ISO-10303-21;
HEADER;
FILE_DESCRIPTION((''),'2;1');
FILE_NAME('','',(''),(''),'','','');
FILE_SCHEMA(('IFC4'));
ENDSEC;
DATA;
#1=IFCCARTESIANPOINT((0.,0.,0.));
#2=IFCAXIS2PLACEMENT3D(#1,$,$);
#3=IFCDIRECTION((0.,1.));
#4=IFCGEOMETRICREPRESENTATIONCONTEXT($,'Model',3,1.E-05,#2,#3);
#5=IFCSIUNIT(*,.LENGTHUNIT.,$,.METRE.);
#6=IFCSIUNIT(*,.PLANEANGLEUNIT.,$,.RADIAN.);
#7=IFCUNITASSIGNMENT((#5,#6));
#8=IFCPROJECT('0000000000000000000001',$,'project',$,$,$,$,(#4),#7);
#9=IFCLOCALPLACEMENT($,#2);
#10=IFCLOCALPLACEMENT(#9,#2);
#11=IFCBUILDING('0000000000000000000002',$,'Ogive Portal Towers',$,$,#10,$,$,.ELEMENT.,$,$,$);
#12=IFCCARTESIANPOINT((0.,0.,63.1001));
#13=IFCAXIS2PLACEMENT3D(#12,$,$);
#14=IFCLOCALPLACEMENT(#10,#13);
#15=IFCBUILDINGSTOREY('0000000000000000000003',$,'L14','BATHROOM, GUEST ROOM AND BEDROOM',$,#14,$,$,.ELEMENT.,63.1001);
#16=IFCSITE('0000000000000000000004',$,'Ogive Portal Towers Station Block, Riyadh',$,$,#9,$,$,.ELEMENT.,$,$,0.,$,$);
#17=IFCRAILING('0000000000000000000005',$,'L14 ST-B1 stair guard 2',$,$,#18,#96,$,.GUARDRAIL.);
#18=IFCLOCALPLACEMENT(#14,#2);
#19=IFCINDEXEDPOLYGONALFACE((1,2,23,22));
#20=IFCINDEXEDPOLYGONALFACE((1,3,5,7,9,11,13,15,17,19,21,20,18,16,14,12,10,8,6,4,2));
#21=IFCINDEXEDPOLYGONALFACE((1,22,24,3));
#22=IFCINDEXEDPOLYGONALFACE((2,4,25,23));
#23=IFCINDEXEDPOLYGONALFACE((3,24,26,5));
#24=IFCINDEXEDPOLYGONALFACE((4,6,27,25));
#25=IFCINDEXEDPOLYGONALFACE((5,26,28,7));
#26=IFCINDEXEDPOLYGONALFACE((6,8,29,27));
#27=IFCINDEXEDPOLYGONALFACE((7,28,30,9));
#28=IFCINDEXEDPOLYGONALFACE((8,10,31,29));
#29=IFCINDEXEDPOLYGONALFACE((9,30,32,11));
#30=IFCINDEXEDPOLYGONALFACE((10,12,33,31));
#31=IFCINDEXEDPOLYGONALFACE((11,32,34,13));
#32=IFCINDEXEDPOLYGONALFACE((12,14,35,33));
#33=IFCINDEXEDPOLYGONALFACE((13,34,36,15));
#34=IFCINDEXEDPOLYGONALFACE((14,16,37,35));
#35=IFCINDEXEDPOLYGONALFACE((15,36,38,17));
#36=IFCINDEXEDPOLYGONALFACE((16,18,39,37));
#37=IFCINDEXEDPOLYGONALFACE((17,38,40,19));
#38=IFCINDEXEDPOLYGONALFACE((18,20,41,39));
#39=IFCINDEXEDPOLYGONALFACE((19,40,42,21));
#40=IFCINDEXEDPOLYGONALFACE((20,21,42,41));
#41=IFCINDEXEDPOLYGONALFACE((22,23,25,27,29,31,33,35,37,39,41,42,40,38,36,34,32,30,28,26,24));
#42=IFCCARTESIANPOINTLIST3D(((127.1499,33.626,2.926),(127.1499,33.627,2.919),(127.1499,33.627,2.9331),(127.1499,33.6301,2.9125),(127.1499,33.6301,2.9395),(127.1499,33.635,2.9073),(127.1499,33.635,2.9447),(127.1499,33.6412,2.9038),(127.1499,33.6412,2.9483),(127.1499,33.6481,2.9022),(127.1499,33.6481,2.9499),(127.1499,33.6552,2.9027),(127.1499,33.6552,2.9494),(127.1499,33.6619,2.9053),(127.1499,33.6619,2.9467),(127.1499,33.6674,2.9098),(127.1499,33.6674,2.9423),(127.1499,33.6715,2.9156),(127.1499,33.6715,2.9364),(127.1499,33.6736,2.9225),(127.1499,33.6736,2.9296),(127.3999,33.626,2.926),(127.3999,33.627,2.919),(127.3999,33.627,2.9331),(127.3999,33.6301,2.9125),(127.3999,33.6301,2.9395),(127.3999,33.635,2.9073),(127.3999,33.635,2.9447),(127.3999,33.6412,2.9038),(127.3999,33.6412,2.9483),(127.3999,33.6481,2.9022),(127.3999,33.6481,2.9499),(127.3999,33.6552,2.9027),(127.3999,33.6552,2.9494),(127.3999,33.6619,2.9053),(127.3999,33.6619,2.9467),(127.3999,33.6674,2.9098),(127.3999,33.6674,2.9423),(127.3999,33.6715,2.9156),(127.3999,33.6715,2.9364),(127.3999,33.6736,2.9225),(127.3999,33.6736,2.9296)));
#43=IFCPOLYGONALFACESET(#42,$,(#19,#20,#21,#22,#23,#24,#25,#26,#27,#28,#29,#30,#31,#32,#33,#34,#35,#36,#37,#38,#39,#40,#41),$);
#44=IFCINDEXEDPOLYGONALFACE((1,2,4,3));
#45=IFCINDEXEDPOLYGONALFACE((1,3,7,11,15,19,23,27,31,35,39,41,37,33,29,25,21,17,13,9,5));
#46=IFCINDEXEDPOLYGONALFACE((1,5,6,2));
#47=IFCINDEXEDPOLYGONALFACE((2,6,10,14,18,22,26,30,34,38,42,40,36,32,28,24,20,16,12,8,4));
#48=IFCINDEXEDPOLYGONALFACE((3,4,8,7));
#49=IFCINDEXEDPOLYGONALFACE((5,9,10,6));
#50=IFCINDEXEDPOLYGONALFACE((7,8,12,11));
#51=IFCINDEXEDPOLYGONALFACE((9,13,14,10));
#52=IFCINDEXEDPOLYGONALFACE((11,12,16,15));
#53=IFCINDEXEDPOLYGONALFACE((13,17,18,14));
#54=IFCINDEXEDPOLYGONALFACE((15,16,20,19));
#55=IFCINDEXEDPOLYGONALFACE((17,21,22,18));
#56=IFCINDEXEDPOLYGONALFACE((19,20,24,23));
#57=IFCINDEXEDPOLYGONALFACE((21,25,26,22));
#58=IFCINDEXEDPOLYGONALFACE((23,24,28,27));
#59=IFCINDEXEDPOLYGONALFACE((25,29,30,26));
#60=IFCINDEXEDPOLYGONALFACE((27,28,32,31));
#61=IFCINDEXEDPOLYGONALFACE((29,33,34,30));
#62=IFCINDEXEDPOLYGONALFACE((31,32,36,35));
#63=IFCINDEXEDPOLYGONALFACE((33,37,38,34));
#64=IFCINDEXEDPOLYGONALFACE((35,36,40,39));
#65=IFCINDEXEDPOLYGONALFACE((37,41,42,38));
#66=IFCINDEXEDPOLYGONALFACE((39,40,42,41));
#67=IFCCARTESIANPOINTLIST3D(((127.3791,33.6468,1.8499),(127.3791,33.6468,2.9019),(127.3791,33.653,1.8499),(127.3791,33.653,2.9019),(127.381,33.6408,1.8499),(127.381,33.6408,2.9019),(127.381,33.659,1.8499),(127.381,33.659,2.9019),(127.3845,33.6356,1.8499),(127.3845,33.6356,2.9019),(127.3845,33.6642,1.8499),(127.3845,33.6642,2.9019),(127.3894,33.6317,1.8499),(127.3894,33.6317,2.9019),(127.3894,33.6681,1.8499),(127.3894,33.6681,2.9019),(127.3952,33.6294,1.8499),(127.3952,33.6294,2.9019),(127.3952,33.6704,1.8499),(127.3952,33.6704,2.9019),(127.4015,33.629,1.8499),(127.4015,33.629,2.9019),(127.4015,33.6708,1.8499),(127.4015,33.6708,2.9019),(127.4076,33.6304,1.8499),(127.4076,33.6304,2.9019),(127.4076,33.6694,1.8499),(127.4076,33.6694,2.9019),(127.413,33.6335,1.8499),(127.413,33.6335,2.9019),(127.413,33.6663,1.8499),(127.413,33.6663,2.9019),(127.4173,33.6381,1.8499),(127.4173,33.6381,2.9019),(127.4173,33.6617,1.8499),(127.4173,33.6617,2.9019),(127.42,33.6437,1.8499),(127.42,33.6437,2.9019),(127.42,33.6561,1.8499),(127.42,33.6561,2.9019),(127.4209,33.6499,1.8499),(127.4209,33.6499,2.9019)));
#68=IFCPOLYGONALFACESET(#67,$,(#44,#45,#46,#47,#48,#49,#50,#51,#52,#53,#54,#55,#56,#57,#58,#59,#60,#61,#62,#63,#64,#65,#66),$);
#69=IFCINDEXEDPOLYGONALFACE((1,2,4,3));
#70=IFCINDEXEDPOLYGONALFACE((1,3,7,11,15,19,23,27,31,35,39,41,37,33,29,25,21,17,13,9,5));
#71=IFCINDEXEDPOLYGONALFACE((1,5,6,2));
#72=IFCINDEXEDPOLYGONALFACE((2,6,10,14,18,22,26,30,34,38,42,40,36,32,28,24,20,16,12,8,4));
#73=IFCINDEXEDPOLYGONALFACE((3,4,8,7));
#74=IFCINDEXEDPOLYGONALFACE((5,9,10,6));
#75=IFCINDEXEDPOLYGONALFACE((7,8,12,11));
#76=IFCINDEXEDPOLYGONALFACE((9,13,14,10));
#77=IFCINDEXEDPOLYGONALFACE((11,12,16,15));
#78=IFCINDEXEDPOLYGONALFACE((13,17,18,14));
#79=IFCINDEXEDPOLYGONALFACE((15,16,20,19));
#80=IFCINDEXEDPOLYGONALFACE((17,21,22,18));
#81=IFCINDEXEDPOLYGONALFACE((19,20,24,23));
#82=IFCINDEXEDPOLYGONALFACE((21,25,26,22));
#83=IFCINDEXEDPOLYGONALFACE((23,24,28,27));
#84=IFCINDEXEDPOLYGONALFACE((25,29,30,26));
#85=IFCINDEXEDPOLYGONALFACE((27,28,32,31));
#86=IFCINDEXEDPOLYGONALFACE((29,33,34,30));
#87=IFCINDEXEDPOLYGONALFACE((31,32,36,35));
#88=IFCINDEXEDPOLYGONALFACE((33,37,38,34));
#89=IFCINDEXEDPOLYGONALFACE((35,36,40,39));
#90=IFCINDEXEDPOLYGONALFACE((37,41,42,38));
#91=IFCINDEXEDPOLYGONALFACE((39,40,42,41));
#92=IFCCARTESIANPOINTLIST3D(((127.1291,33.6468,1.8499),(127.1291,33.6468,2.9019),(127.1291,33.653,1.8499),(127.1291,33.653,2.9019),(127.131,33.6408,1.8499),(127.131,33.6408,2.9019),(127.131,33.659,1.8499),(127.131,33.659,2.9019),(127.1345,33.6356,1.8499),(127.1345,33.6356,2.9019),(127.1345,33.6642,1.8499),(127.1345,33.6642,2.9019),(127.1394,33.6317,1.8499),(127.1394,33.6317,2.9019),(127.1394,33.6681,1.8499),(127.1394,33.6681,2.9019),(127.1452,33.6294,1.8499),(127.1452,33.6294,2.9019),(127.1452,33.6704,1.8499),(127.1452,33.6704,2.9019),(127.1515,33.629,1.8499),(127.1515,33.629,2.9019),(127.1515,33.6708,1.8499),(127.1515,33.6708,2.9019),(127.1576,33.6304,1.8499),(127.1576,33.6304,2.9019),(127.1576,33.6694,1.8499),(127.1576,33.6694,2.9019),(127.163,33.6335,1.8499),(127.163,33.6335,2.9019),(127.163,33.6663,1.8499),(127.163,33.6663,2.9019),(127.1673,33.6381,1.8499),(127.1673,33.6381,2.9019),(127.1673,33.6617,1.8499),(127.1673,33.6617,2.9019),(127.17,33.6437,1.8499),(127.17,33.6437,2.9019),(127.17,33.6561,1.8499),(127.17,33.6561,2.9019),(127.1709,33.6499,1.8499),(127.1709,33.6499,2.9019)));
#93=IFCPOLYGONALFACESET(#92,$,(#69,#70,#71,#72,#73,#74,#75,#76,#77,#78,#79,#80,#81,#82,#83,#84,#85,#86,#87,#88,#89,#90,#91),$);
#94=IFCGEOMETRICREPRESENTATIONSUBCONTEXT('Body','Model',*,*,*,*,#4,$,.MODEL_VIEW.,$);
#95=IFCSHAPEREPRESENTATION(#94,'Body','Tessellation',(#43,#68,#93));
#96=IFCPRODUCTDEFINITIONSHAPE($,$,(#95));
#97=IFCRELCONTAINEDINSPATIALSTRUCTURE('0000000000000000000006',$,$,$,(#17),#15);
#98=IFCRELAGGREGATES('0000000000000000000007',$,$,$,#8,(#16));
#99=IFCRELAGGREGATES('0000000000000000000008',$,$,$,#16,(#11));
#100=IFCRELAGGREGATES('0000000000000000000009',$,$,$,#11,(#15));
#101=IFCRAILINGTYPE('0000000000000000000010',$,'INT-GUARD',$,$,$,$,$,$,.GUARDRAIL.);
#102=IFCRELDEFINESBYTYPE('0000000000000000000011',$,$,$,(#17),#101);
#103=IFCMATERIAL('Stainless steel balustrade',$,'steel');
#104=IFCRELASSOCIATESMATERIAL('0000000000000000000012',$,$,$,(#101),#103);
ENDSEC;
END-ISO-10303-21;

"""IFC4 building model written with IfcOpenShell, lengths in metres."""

from ifc_helpers import new_model, si_unit, direction, frame, origin, origin_2d, place, context, subcontext, project, spatial, circle, extrude, material, type_object, element, save


model = new_model("IFC4")

# Units and contexts
model_context = context("Model", 3, precision=1e-05, world=origin(), true_north=direction((0.0, 1.0)))
body_context = subcontext(model_context, "Body", "Model", "MODEL_VIEW")
ifc_project = project(units=[si_unit("LENGTHUNIT", "METRE"), si_unit("PLANEANGLEUNIT", "RADIAN")], contexts=[model_context])

# Site, building, storey
site_placement = place(None, origin())
site = spatial("IfcSite", under=ifc_project, at=site_placement, Name="Ogive Portal Towers Station Block, Riyadh", CompositionType="ELEMENT", RefElevation=0.0)
building_placement = place(site_placement, origin())
building = spatial("IfcBuilding", under=site, at=building_placement, Name="Ogive Portal Towers", CompositionType="ELEMENT")
storey_placement = place(building_placement, frame((0.0, 0.0, 63.1001)))
storey = spatial("IfcBuildingStorey", under=building, at=storey_placement, Name="L14", Description="BATHROOM, GUEST ROOM AND BEDROOM", CompositionType="ELEMENT", Elevation=63.1001)

# Railing
ifc_material_1 = material(Name="Stainless steel balustrade", Category="steel")
railing_type_1 = type_object("IfcRailingType", Name="INT-GUARD", PredefinedType="GUARDRAIL", material=ifc_material_1)
railing_1_placement = place(storey_placement, frame((127.3999, 33.6499, 1.8499)))
element("IfcRailing", 1, at=railing_1_placement, inside=storey, type_object=railing_type_1, Name="L14 ST-B1 stair guard 2", PredefinedType="GUARDRAIL", context=body_context, shape_type="SweptSolid", body=[
    extrude(circle(Radius=0.0239, at=origin_2d()), frame((0.0, 0.0, 1.0762), z_axis=(-1.0, 0.0, 0.0), x_axis=(0.0, -1.0, 0.0)), (0.0, 0.0, 1.0), 0.25),
    extrude(circle(Radius=0.021, at=origin_2d()), origin(), (0.0, 0.0, 1.0), 1.052),
    extrude(circle(Radius=0.021, at=origin_2d()), frame((-0.25, 0.0, 0.0)), (0.0, 0.0, 1.0), 1.052),
])

save(model, "model.ifc")
